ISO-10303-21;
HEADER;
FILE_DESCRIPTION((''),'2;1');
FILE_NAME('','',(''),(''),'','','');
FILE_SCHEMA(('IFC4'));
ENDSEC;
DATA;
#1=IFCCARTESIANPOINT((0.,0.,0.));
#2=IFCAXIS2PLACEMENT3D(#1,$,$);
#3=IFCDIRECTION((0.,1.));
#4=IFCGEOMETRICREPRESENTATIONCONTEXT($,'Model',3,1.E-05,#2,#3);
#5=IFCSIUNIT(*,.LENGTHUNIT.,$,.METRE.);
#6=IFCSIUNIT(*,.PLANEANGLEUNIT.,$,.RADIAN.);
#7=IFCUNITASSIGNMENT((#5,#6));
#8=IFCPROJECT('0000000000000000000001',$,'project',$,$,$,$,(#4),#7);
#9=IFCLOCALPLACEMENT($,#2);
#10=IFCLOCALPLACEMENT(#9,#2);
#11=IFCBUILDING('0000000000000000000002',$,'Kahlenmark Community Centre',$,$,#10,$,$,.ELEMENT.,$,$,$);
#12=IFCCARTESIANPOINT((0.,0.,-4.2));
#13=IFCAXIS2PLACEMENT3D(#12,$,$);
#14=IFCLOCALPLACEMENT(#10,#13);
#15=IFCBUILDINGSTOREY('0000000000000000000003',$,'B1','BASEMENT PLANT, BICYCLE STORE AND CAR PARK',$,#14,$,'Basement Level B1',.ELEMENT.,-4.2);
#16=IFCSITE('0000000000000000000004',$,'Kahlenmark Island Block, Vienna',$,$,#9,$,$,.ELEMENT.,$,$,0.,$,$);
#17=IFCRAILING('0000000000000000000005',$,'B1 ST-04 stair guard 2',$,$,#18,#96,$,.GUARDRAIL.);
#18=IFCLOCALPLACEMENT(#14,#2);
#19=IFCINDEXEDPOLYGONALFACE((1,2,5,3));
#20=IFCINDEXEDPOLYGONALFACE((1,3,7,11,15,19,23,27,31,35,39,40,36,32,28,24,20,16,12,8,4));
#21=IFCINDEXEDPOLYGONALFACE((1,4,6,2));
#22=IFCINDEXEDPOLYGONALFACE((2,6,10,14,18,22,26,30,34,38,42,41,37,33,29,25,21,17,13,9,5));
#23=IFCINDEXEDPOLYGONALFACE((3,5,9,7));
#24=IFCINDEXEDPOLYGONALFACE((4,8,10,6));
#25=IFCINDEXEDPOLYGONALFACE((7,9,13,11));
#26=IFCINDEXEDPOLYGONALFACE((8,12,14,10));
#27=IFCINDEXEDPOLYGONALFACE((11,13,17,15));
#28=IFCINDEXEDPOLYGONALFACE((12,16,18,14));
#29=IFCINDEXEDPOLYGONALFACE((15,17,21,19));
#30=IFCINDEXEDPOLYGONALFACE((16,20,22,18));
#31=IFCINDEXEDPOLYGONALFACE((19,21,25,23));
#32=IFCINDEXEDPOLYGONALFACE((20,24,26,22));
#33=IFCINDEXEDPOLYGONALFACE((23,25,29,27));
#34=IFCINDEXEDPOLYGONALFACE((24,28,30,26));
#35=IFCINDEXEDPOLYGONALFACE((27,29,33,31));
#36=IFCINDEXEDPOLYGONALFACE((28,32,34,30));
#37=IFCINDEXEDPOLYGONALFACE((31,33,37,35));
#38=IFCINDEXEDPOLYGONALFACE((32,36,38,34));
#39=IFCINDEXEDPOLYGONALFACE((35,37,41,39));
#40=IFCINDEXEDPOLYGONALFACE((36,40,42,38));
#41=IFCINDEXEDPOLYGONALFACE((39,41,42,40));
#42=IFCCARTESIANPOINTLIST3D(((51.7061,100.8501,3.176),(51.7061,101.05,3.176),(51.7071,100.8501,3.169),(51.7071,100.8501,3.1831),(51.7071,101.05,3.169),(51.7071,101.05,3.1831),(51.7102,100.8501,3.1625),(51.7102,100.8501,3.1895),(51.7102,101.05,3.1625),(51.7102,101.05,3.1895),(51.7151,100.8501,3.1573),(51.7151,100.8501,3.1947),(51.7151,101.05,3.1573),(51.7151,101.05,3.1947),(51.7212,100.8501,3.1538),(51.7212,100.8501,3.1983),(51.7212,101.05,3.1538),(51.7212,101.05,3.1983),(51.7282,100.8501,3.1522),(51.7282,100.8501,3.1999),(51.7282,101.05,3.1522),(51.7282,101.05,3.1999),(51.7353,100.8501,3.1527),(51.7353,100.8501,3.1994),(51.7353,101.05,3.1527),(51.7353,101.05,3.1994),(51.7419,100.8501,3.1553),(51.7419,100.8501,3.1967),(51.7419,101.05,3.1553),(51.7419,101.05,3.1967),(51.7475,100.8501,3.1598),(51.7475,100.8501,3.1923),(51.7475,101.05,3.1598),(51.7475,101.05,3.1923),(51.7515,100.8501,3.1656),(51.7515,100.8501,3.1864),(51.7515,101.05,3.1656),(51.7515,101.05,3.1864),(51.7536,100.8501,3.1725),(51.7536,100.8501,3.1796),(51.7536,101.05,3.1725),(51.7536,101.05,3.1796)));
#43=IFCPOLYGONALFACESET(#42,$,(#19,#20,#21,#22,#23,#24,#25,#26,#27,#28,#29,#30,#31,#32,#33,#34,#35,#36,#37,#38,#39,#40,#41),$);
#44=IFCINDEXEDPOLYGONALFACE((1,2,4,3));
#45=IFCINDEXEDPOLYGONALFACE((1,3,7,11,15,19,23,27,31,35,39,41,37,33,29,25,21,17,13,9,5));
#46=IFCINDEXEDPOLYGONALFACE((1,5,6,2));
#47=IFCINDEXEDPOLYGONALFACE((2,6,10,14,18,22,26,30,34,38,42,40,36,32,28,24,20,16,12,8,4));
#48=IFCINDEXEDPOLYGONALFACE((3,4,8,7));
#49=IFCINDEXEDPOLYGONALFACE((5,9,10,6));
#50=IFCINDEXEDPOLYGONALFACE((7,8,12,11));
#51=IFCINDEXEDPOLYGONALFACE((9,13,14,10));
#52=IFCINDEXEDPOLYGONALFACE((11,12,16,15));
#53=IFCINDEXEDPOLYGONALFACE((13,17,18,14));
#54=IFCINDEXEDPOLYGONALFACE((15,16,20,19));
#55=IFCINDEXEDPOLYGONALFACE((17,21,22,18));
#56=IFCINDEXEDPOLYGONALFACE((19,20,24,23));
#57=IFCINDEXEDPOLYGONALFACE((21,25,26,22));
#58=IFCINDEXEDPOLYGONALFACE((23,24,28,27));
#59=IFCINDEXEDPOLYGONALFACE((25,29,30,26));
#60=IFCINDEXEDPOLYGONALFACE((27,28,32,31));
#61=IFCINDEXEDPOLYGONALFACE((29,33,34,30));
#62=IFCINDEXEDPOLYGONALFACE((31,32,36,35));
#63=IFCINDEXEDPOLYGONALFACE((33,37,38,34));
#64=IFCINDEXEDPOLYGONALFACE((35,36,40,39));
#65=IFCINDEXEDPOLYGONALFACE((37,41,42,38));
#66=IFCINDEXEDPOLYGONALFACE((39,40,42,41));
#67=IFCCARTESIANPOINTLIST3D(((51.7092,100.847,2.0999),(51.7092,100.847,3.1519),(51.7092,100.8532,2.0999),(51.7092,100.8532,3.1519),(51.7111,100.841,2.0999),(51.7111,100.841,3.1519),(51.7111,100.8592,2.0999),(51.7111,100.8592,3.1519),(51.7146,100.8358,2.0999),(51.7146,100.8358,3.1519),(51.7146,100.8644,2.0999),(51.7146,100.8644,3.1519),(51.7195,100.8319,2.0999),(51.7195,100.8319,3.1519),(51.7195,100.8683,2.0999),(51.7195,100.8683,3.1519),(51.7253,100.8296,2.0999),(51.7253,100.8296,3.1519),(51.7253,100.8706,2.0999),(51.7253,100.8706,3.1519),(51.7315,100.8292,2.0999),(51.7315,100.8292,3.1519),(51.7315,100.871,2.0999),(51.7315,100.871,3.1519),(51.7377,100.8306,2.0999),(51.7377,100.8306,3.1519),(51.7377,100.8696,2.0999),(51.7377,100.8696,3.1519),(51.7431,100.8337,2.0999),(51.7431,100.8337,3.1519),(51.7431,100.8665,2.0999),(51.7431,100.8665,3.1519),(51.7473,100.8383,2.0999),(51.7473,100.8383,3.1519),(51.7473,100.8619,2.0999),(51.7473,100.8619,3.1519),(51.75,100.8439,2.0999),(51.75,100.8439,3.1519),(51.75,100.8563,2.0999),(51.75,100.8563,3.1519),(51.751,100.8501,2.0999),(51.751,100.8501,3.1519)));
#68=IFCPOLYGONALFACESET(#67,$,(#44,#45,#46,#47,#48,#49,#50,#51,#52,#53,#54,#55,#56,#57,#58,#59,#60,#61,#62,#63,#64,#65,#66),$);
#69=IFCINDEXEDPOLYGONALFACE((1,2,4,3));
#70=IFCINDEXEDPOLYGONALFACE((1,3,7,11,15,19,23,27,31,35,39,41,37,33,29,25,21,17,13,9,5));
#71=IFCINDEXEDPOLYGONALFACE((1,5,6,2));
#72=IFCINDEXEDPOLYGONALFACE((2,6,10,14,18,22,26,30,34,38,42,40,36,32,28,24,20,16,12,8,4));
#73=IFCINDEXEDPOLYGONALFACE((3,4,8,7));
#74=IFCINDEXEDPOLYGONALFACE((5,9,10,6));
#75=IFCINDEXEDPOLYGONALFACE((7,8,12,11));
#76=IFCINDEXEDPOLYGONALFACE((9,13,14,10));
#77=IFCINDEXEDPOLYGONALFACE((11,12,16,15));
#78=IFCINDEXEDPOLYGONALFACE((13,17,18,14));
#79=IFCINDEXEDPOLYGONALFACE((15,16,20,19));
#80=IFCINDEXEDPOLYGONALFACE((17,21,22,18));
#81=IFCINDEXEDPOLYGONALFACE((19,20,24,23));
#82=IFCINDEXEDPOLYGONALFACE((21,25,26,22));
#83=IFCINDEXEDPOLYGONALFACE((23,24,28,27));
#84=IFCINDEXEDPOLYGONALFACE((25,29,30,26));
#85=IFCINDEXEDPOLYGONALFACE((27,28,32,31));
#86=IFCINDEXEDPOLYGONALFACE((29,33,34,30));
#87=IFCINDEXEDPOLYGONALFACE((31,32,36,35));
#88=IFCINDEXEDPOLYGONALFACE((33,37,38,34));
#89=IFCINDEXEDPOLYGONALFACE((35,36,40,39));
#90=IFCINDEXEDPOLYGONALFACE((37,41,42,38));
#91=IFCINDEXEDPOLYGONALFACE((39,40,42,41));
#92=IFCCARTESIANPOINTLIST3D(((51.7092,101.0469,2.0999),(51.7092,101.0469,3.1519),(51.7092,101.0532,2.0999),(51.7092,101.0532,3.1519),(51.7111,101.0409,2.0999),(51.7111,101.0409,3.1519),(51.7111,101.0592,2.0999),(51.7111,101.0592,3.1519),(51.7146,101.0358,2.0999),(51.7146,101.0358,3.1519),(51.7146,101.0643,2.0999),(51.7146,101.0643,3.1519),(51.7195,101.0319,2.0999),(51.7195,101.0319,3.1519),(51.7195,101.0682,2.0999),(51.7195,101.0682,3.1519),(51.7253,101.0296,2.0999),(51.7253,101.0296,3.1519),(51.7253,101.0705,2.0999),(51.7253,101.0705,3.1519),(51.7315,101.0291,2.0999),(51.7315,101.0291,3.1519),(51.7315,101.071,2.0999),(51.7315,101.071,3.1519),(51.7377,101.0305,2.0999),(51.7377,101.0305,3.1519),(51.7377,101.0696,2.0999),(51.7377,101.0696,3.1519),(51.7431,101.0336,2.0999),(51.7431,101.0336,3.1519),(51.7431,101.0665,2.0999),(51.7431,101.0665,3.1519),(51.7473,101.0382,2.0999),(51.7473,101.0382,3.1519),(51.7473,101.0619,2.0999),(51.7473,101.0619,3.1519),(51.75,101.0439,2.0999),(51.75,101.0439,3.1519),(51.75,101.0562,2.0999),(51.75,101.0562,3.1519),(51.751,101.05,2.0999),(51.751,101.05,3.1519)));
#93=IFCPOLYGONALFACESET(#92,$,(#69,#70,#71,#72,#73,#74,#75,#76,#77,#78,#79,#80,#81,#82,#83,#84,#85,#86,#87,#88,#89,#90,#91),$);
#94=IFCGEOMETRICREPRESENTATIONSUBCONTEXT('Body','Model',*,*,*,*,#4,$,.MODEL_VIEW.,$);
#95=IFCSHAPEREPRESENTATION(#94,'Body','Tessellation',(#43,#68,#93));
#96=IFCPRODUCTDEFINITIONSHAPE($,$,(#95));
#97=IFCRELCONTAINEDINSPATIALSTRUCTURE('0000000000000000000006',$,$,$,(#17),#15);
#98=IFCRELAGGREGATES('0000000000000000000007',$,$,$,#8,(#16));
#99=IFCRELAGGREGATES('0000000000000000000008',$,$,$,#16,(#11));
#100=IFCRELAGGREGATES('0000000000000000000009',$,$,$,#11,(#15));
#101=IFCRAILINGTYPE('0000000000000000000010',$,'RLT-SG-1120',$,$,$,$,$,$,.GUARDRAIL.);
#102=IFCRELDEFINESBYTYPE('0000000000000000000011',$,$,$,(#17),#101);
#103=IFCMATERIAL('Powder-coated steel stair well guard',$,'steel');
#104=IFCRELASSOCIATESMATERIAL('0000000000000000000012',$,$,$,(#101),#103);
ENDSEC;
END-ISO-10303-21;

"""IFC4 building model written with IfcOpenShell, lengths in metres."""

from ifc_helpers import new_model, si_unit, direction, frame, origin, origin_2d, place, context, subcontext, project, spatial, circle, extrude, material, type_object, element, save


model = new_model("IFC4")

# Units and contexts
model_context = context("Model", 3, precision=1e-05, world=origin(), true_north=direction((0.0, 1.0)))
body_context = subcontext(model_context, "Body", "Model", "MODEL_VIEW")
ifc_project = project(units=[si_unit("LENGTHUNIT", "METRE"), si_unit("PLANEANGLEUNIT", "RADIAN")], contexts=[model_context])

# Site, building, storey
site_placement = place(None, origin())
site = spatial("IfcSite", under=ifc_project, at=site_placement, Name="Kahlenmark Island Block, Vienna", CompositionType="ELEMENT", RefElevation=0.0)
building_placement = place(site_placement, origin())
building = spatial("IfcBuilding", under=site, at=building_placement, Name="Kahlenmark Community Centre", CompositionType="ELEMENT")
storey_placement = place(building_placement, frame((0.0, 0.0, -4.2)))
storey = spatial("IfcBuildingStorey", under=building, at=storey_placement, Name="B1", Description="BASEMENT PLANT, BICYCLE STORE AND CAR PARK", LongName="Basement Level B1", CompositionType="ELEMENT", Elevation=-4.2)

# Railing
ifc_material_1 = material(Name="Powder-coated steel stair well guard", Category="steel")
railing_type_1 = type_object("IfcRailingType", Name="RLT-SG-1120", PredefinedType="GUARDRAIL", material=ifc_material_1)
railing_1_placement = place(storey_placement, frame((51.73, 100.8501, 2.0999)))
element("IfcRailing", 1, at=railing_1_placement, inside=storey, type_object=railing_type_1, Name="B1 ST-04 stair guard 2", PredefinedType="GUARDRAIL", context=body_context, shape_type="SweptSolid", body=[
    extrude(circle(Radius=0.0239, at=origin_2d()), frame((0.0, 0.0, 1.0762), z_axis=(0.0, 1.0, 0.0), x_axis=(-1.0, 0.0, 0.0)), (0.0, 0.0, 1.0), 0.2),
    extrude(circle(Radius=0.021, at=origin_2d()), origin(), (0.0, 0.0, 1.0), 1.052),
    extrude(circle(Radius=0.021, at=origin_2d()), frame((0.0, 0.2, 0.0)), (0.0, 0.0, 1.0), 1.052),
])

save(model, "model.ifc")
